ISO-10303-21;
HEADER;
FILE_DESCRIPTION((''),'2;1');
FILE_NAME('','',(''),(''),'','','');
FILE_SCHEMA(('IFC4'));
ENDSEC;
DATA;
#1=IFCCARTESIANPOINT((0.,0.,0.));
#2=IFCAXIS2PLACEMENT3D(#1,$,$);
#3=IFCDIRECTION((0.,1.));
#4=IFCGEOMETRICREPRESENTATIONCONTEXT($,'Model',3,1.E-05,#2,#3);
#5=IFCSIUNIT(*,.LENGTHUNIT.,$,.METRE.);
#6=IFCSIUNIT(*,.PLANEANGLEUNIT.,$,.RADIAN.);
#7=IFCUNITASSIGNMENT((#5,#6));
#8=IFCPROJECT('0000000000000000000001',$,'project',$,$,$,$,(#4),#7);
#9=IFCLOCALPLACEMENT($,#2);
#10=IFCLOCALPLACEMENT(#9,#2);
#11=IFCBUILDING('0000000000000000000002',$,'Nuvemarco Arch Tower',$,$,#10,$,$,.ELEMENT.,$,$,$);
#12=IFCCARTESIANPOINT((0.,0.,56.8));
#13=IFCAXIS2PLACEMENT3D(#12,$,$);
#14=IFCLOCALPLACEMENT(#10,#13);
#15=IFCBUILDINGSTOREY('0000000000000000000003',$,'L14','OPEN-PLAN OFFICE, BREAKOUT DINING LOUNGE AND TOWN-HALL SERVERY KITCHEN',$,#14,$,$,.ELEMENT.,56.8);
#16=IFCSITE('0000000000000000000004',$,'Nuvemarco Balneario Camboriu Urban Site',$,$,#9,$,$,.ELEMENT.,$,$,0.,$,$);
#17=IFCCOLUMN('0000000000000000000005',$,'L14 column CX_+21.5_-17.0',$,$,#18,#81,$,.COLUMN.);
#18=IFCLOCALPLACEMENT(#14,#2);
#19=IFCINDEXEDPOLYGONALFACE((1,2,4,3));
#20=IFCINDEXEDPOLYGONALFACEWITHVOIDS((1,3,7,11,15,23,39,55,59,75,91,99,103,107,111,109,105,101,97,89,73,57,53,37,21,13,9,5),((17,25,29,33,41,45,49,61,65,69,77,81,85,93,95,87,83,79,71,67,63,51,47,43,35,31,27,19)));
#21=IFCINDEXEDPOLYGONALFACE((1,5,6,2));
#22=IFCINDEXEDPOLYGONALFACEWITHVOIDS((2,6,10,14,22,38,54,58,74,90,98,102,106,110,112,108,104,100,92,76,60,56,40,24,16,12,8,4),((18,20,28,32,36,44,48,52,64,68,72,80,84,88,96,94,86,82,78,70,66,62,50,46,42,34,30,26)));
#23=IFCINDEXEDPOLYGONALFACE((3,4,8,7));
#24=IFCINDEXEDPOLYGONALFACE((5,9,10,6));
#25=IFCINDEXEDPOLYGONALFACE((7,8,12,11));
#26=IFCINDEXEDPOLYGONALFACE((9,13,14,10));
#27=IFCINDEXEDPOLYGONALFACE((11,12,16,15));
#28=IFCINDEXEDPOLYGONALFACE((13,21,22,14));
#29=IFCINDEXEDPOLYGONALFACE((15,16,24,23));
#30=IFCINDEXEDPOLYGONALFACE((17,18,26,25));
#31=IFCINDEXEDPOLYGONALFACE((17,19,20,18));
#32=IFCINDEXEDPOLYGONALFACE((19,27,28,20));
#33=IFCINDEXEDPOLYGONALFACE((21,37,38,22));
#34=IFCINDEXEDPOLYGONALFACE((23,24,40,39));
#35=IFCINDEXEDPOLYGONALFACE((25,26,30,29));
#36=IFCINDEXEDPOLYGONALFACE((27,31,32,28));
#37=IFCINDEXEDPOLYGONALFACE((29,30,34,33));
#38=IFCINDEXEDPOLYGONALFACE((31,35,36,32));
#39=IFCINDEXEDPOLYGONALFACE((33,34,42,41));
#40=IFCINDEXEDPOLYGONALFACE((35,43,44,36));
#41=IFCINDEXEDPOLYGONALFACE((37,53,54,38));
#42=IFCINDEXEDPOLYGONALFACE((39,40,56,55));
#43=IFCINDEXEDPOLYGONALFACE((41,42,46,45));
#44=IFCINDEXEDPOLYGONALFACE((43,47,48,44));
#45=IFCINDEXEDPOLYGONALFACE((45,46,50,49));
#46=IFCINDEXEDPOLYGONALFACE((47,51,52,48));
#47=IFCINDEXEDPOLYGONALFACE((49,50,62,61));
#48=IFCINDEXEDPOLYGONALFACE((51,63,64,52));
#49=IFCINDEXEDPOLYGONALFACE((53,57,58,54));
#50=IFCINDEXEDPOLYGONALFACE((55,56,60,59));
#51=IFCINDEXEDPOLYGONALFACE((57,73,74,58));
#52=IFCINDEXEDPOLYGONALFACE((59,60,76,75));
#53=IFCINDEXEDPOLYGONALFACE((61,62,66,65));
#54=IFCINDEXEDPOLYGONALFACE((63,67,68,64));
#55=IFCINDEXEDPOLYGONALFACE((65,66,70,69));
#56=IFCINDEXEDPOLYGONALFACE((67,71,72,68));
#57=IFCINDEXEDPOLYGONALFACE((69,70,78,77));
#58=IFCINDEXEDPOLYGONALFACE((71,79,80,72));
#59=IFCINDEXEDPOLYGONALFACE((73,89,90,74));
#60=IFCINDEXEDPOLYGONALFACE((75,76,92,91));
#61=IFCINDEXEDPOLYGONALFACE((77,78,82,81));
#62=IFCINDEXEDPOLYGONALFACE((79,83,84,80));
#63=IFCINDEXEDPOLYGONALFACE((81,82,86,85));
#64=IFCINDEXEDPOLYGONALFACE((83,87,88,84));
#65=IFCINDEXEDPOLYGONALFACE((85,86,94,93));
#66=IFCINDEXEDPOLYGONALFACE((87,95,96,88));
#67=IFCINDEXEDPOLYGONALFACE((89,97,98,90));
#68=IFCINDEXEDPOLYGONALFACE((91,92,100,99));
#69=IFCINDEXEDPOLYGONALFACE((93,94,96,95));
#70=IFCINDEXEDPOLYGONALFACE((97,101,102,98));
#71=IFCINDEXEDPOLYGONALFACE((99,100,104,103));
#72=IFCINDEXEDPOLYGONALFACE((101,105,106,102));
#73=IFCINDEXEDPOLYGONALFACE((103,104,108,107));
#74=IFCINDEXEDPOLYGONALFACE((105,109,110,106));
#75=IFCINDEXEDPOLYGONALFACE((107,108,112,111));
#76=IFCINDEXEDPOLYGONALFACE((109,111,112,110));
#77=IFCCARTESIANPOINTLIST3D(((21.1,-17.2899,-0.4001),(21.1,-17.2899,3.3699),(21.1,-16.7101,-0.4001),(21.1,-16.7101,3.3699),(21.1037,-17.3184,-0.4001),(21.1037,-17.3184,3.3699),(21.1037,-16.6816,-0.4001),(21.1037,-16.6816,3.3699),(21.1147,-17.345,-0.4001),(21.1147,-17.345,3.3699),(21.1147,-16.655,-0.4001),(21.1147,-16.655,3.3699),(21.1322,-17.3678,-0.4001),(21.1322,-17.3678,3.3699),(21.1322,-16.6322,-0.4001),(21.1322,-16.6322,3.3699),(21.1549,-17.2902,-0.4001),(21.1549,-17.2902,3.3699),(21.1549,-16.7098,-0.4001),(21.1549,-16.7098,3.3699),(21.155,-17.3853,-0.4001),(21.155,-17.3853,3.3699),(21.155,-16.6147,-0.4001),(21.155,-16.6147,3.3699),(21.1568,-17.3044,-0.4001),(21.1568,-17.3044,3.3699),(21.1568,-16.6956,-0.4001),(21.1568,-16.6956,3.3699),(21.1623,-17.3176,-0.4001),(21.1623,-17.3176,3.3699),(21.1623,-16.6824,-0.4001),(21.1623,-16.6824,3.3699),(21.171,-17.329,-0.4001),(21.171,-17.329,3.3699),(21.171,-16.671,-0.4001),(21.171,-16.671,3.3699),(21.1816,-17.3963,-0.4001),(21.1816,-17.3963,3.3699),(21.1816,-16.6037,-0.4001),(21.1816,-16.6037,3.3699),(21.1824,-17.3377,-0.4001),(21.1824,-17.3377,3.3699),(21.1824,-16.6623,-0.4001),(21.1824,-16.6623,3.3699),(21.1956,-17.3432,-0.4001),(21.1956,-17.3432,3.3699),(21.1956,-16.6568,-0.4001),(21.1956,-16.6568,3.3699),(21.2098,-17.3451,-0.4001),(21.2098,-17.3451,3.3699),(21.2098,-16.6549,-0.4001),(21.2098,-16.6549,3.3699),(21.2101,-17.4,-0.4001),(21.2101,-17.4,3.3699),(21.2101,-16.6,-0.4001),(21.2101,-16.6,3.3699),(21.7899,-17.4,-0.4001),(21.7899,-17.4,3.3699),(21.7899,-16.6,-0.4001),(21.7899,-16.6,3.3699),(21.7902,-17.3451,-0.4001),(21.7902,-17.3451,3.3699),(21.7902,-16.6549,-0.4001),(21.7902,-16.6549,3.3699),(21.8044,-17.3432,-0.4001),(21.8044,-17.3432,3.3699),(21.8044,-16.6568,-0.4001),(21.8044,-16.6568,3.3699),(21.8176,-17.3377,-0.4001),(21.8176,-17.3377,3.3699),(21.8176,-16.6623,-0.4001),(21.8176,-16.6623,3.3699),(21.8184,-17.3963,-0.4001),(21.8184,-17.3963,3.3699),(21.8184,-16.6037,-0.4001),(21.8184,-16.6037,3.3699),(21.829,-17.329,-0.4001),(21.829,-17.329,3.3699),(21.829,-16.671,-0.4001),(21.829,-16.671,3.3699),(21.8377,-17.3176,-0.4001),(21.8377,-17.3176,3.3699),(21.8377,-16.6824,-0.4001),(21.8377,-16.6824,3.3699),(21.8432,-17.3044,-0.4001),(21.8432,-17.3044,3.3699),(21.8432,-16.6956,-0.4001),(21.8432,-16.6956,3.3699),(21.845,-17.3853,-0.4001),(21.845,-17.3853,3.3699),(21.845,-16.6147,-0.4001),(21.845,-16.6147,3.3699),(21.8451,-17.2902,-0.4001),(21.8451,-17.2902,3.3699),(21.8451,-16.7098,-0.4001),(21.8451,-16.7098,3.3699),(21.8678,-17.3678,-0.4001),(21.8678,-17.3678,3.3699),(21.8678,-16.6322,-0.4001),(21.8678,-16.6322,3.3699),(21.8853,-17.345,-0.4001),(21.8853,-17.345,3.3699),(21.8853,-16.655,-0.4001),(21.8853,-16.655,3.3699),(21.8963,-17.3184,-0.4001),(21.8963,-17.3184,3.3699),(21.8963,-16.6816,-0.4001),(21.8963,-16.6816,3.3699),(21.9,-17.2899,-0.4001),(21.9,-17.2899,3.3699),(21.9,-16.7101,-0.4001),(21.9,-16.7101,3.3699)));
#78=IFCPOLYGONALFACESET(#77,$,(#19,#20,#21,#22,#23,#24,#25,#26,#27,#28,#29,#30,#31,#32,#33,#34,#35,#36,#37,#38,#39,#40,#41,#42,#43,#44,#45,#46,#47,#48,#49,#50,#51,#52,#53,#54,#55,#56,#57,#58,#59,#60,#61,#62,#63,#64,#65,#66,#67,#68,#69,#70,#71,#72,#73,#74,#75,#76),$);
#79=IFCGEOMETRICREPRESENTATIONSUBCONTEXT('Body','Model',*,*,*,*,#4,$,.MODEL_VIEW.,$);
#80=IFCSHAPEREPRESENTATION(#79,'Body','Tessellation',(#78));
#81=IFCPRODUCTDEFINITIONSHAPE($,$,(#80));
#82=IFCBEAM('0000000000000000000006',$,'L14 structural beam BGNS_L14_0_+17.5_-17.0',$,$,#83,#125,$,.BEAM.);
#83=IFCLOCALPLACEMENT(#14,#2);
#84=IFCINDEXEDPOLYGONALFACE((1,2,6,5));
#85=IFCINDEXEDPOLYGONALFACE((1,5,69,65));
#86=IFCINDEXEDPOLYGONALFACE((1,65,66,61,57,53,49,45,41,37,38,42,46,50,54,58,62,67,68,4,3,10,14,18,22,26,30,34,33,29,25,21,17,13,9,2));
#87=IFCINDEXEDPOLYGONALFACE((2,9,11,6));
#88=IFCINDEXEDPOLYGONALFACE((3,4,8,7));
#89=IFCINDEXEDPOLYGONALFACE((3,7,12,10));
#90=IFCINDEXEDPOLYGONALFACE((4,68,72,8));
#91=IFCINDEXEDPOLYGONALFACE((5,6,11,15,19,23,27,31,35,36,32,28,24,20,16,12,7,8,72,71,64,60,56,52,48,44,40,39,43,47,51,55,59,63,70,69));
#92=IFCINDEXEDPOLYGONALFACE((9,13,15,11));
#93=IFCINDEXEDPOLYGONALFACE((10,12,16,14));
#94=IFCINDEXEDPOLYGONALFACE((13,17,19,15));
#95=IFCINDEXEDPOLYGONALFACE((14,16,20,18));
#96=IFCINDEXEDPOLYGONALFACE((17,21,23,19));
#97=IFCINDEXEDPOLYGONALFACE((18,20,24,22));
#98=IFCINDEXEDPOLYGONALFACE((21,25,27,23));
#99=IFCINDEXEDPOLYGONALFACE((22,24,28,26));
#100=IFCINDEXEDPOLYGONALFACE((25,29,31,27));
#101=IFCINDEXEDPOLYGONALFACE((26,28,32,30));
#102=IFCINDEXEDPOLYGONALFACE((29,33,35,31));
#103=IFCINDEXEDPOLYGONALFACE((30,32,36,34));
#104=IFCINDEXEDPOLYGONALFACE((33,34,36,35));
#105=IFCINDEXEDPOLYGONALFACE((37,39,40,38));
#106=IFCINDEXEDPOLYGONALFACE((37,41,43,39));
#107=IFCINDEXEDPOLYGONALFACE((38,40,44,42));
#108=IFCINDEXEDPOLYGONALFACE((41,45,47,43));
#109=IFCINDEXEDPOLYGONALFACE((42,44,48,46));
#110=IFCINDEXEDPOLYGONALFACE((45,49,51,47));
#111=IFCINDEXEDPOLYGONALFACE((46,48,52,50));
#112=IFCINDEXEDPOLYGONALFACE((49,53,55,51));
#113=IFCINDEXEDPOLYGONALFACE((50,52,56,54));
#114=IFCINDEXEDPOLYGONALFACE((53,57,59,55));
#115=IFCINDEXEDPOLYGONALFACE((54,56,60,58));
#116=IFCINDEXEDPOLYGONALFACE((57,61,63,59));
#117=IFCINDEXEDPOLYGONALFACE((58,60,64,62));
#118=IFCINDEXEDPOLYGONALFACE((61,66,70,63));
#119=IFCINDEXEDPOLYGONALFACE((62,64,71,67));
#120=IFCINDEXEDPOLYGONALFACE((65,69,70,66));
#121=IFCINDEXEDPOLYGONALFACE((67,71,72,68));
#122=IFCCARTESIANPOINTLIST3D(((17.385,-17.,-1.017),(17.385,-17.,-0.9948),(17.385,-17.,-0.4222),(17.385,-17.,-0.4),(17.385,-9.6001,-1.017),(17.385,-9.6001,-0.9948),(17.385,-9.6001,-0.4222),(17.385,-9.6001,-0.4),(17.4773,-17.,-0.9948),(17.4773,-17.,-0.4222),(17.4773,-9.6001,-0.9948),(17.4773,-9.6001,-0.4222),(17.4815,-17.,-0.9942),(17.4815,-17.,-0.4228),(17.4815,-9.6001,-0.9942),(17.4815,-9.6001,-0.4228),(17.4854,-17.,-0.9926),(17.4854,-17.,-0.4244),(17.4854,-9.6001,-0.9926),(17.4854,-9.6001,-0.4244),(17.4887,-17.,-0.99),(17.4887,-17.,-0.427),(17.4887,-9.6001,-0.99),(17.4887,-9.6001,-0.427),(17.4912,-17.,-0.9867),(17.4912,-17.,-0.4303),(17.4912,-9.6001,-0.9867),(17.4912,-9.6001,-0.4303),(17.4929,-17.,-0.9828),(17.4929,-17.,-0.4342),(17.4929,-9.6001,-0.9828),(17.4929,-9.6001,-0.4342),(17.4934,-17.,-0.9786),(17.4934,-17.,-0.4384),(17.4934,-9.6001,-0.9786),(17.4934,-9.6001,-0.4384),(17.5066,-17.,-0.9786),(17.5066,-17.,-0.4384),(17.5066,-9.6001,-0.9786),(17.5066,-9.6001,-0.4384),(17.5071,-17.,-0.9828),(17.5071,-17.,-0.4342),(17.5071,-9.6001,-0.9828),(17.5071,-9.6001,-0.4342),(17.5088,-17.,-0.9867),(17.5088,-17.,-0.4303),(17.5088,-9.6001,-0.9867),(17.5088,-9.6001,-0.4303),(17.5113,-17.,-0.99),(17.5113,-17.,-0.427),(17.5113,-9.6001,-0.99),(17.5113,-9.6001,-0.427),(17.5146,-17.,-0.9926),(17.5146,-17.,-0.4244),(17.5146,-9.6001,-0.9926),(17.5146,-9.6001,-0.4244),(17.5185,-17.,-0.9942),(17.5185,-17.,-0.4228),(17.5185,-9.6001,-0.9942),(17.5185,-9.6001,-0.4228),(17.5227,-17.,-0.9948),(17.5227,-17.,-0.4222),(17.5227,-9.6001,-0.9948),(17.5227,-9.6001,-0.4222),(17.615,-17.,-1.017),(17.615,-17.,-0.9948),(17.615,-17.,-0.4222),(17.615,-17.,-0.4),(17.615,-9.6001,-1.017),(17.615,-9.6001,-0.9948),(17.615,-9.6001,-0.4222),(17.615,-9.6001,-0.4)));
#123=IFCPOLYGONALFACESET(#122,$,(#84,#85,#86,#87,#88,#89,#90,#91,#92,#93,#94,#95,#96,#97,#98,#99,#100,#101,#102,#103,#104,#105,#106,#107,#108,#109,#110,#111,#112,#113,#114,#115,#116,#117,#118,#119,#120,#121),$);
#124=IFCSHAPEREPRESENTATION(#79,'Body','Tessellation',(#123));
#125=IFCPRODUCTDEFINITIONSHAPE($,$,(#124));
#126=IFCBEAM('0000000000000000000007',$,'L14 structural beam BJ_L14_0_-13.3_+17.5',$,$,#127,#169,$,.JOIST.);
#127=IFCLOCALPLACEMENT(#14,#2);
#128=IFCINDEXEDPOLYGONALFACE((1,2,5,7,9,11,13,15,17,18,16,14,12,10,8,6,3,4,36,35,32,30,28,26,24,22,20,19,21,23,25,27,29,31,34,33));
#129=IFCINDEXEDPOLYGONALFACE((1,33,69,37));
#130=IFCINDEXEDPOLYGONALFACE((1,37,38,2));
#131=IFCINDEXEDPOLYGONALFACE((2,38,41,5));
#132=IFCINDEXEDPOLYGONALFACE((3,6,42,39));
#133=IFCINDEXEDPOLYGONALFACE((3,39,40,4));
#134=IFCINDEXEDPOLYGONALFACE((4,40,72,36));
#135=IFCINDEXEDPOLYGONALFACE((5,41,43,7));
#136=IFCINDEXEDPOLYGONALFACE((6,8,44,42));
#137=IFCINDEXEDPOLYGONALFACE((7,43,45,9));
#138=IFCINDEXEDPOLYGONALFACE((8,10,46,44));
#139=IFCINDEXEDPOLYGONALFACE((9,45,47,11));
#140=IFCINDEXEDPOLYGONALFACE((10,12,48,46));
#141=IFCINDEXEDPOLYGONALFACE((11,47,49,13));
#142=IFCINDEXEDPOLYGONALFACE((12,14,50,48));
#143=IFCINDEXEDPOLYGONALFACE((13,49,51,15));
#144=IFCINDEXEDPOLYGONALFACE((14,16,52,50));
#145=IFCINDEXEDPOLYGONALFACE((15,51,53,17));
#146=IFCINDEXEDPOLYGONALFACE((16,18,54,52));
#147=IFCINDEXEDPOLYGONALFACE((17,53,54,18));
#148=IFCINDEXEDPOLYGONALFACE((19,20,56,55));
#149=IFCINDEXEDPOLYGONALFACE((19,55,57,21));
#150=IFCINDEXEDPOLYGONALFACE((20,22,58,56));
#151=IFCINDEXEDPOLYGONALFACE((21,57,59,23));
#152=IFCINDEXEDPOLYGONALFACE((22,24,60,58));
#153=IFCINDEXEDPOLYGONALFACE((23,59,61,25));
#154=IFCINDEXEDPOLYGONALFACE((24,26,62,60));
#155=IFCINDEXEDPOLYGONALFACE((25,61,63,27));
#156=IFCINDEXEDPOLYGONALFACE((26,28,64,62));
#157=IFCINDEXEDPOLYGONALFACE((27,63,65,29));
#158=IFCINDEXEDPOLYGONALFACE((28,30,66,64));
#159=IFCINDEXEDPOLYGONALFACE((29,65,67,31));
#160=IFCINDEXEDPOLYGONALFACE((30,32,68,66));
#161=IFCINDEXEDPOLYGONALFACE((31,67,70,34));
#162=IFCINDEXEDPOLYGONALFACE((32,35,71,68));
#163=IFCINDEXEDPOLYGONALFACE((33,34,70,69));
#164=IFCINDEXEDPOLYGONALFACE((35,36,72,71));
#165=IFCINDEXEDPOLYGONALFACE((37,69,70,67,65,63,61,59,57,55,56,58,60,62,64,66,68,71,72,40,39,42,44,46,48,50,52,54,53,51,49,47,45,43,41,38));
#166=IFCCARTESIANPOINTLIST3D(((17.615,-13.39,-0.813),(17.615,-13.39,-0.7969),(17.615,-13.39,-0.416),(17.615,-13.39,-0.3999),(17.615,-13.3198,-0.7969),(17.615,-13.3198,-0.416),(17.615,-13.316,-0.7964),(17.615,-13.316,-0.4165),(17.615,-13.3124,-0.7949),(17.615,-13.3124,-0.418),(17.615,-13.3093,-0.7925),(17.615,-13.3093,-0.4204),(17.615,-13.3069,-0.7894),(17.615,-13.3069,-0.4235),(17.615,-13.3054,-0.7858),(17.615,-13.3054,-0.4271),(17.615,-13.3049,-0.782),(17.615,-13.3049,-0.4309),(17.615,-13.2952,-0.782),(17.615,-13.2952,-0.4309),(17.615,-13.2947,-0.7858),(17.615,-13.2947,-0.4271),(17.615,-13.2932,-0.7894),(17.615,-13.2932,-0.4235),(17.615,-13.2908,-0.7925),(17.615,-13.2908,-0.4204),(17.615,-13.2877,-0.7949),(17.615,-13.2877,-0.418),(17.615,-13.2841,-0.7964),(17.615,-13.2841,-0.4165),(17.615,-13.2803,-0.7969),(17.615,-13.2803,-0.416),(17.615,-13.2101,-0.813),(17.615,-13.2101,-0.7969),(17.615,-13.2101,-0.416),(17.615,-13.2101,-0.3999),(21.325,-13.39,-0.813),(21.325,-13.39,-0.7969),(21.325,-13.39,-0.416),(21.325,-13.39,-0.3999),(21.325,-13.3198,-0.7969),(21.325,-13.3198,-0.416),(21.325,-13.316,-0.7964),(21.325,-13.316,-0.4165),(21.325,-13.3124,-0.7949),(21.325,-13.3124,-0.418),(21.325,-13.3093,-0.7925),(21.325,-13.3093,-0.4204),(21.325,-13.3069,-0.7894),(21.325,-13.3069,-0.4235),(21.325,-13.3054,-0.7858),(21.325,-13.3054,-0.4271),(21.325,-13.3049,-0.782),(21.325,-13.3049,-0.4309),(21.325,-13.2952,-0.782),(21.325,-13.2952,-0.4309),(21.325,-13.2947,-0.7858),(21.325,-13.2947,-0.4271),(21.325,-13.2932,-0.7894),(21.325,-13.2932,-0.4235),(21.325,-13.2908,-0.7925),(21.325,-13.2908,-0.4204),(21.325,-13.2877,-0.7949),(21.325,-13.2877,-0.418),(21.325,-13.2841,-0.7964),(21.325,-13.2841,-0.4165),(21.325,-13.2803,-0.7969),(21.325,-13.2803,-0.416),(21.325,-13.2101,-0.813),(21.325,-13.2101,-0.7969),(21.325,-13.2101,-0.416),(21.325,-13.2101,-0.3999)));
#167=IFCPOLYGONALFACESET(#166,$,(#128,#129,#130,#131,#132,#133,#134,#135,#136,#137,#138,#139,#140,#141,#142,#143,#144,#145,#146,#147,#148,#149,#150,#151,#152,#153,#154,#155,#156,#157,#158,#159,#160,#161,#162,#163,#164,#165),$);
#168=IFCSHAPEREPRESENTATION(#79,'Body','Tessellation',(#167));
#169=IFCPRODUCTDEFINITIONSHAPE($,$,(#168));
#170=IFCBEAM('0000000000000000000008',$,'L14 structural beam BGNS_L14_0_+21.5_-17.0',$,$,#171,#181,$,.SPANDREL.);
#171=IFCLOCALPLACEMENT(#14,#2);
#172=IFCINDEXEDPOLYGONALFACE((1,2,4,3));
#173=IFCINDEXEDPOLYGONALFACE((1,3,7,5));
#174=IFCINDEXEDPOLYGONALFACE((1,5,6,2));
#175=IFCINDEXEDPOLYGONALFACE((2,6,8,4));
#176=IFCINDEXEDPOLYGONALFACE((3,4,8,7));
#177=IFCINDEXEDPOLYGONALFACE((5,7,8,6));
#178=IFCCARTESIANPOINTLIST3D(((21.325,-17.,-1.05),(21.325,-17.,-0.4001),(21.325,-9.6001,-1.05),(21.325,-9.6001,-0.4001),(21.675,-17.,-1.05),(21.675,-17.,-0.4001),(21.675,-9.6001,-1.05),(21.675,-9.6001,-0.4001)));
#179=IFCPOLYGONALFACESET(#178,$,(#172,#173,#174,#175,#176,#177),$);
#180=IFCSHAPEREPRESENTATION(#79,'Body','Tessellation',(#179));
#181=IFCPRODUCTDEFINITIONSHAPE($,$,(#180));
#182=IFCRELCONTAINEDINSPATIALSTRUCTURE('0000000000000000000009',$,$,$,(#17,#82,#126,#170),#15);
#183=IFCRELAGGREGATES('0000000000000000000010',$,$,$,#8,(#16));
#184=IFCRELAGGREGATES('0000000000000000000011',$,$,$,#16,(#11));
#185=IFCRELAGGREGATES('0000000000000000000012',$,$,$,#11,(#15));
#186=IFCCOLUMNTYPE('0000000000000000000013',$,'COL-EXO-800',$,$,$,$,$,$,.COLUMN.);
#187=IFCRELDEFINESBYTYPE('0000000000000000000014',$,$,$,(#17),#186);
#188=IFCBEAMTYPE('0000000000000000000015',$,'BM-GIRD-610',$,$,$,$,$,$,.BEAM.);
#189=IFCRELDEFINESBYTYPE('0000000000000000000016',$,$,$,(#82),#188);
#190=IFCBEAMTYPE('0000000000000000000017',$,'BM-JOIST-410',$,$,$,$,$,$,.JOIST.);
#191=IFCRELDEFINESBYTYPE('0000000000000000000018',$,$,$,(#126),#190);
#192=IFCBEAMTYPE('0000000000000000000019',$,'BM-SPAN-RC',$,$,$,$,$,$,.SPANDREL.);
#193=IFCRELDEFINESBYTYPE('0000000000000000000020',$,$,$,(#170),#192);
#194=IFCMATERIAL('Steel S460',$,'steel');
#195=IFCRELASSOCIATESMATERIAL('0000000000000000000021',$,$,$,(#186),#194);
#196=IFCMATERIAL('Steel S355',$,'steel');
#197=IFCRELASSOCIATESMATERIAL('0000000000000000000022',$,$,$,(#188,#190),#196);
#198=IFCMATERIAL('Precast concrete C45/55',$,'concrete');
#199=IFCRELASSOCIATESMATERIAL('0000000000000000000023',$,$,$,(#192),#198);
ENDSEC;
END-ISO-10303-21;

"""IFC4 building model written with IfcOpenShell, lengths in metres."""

from ifc_helpers import new_model, si_unit, direction, frame, origin, origin_2d, place, context, subcontext, project, spatial, rectangle, hollow_rectangle, i_section, extrude, material, material_profile, profile_set, type_object, element, save


model = new_model("IFC4")

# Units and contexts
model_context = context("Model", 3, precision=1e-05, world=origin(), true_north=direction((0.0, 1.0)))
body_context = subcontext(model_context, "Body", "Model", "MODEL_VIEW")
ifc_project = project(units=[si_unit("LENGTHUNIT", "METRE"), si_unit("PLANEANGLEUNIT", "RADIAN")], contexts=[model_context])

# Site, building, storey
site_placement = place(None, origin())
site = spatial("IfcSite", under=ifc_project, at=site_placement, Name="Nuvemarco Balneario Camboriu Urban Site", CompositionType="ELEMENT", RefElevation=0.0)
building_placement = place(site_placement, origin())
building = spatial("IfcBuilding", under=site, at=building_placement, Name="Nuvemarco Arch Tower", CompositionType="ELEMENT")
storey_placement = place(building_placement, frame((0.0, 0.0, 56.8)))
storey = spatial("IfcBuildingStorey", under=building, at=storey_placement, Name="L14", Description="OPEN-PLAN OFFICE, BREAKOUT DINING LOUNGE AND TOWN-HALL SERVERY KITCHEN", CompositionType="ELEMENT", Elevation=56.8)

# Column
ifc_material_1 = material(Name="Steel S460", Category="steel")
ifc_material_profile_1 = material_profile(ifc_material_1, hollow_rectangle(XDim=0.8, YDim=0.8, WallThickness=0.0549, InnerFilletRadius=0.0549, OuterFilletRadius=0.1101, at=origin_2d()), Name="SHS800x800x55")
ifc_profile_set_1 = profile_set([ifc_material_profile_1], Name="Steel S460")
column_type = type_object("IfcColumnType", Name="COL-EXO-800", PredefinedType="COLUMN", material=ifc_profile_set_1)
column_placement = place(storey_placement, frame((21.5, -17.0, -0.4001), z_axis=(0.0, 0.0, 1.0), x_axis=(1.0, 0.0, 0.0)))
element("IfcColumn", 1, at=column_placement, inside=storey, type_object=column_type, Name="L14 column CX_+21.5_-17.0", PredefinedType="COLUMN", context=body_context, shape_type="SweptSolid", body=[
    extrude(hollow_rectangle(XDim=0.8, YDim=0.8, WallThickness=0.0549, InnerFilletRadius=0.0549, OuterFilletRadius=0.1101, at=origin_2d()), origin(), (0.0, 0.0, 1.0), 3.77),
])

# Beams
ifc_material_2 = material(Name="Steel S355", Category="steel")
ifc_material_profile_2 = material_profile(ifc_material_2, i_section(OverallWidth=0.23, OverallDepth=0.6169, WebThickness=0.0132, FlangeThickness=0.0222, FilletRadius=0.0161, at=origin_2d()), Name="W610x140")
ifc_profile_set_2 = profile_set([ifc_material_profile_2], Name="Steel S355")
beam_type_1 = type_object("IfcBeamType", Name="BM-GIRD-610", PredefinedType="BEAM", material=ifc_profile_set_2)
beam_1_placement = place(storey_placement, frame((17.5, -17.0, -0.7085), z_axis=(0.0, 1.0, 0.0), x_axis=(-1.0, 0.0, 0.0)))
element("IfcBeam", 2, at=beam_1_placement, inside=storey, type_object=beam_type_1, Name="L14 structural beam BGNS_L14_0_+17.5_-17.0", PredefinedType="BEAM", context=body_context, shape_type="SweptSolid", body=[
    extrude(i_section(OverallWidth=0.23, OverallDepth=0.6169, WebThickness=0.0132, FlangeThickness=0.0222, FilletRadius=0.0161, at=origin_2d()), origin(), (0.0, 0.0, 1.0), 7.3999),
])
ifc_material_profile_3 = material_profile(ifc_material_2, i_section(OverallWidth=0.1799, OverallDepth=0.4131, WebThickness=0.0098, FlangeThickness=0.0161, FilletRadius=0.0149, at=origin_2d()), Name="W410x75")
ifc_profile_set_3 = profile_set([ifc_material_profile_3], Name="Steel S355")
beam_type_2 = type_object("IfcBeamType", Name="BM-JOIST-410", PredefinedType="JOIST", material=ifc_profile_set_3)
beam_2_placement = place(storey_placement, frame((17.615, -13.3, -0.6064), z_axis=(1.0, 0.0, 0.0), x_axis=(0.0, 1.0, 0.0)))
element("IfcBeam", 3, at=beam_2_placement, inside=storey, type_object=beam_type_2, Name="L14 structural beam BJ_L14_0_-13.3_+17.5", PredefinedType="JOIST", context=body_context, shape_type="SweptSolid", body=[
    extrude(i_section(OverallWidth=0.1799, OverallDepth=0.4131, WebThickness=0.0098, FlangeThickness=0.0161, FilletRadius=0.0149, at=origin_2d()), origin(), (0.0, 0.0, 1.0), 3.71),
])
ifc_material_3 = material(Name="Precast concrete C45/55", Category="concrete")
ifc_material_profile_4 = material_profile(ifc_material_3, rectangle(XDim=0.3501, YDim=0.6499, at=origin_2d()), Name="PC-SP-350x650")
ifc_profile_set_4 = profile_set([ifc_material_profile_4], Name="Precast concrete C45/55")
beam_type_3 = type_object("IfcBeamType", Name="BM-SPAN-RC", PredefinedType="SPANDREL", material=ifc_profile_set_4)
beam_3_placement = place(storey_placement, frame((21.5, -17.0, -0.7251), z_axis=(0.0, 1.0, 0.0), x_axis=(-1.0, 0.0, 0.0)))
element("IfcBeam", 4, at=beam_3_placement, inside=storey, type_object=beam_type_3, Name="L14 structural beam BGNS_L14_0_+21.5_-17.0", PredefinedType="SPANDREL", context=body_context, shape_type="SweptSolid", body=[
    extrude(rectangle(XDim=0.3501, YDim=0.6499, at=origin_2d()), origin(), (0.0, 0.0, 1.0), 7.3999),
])

save(model, "model.ifc")
